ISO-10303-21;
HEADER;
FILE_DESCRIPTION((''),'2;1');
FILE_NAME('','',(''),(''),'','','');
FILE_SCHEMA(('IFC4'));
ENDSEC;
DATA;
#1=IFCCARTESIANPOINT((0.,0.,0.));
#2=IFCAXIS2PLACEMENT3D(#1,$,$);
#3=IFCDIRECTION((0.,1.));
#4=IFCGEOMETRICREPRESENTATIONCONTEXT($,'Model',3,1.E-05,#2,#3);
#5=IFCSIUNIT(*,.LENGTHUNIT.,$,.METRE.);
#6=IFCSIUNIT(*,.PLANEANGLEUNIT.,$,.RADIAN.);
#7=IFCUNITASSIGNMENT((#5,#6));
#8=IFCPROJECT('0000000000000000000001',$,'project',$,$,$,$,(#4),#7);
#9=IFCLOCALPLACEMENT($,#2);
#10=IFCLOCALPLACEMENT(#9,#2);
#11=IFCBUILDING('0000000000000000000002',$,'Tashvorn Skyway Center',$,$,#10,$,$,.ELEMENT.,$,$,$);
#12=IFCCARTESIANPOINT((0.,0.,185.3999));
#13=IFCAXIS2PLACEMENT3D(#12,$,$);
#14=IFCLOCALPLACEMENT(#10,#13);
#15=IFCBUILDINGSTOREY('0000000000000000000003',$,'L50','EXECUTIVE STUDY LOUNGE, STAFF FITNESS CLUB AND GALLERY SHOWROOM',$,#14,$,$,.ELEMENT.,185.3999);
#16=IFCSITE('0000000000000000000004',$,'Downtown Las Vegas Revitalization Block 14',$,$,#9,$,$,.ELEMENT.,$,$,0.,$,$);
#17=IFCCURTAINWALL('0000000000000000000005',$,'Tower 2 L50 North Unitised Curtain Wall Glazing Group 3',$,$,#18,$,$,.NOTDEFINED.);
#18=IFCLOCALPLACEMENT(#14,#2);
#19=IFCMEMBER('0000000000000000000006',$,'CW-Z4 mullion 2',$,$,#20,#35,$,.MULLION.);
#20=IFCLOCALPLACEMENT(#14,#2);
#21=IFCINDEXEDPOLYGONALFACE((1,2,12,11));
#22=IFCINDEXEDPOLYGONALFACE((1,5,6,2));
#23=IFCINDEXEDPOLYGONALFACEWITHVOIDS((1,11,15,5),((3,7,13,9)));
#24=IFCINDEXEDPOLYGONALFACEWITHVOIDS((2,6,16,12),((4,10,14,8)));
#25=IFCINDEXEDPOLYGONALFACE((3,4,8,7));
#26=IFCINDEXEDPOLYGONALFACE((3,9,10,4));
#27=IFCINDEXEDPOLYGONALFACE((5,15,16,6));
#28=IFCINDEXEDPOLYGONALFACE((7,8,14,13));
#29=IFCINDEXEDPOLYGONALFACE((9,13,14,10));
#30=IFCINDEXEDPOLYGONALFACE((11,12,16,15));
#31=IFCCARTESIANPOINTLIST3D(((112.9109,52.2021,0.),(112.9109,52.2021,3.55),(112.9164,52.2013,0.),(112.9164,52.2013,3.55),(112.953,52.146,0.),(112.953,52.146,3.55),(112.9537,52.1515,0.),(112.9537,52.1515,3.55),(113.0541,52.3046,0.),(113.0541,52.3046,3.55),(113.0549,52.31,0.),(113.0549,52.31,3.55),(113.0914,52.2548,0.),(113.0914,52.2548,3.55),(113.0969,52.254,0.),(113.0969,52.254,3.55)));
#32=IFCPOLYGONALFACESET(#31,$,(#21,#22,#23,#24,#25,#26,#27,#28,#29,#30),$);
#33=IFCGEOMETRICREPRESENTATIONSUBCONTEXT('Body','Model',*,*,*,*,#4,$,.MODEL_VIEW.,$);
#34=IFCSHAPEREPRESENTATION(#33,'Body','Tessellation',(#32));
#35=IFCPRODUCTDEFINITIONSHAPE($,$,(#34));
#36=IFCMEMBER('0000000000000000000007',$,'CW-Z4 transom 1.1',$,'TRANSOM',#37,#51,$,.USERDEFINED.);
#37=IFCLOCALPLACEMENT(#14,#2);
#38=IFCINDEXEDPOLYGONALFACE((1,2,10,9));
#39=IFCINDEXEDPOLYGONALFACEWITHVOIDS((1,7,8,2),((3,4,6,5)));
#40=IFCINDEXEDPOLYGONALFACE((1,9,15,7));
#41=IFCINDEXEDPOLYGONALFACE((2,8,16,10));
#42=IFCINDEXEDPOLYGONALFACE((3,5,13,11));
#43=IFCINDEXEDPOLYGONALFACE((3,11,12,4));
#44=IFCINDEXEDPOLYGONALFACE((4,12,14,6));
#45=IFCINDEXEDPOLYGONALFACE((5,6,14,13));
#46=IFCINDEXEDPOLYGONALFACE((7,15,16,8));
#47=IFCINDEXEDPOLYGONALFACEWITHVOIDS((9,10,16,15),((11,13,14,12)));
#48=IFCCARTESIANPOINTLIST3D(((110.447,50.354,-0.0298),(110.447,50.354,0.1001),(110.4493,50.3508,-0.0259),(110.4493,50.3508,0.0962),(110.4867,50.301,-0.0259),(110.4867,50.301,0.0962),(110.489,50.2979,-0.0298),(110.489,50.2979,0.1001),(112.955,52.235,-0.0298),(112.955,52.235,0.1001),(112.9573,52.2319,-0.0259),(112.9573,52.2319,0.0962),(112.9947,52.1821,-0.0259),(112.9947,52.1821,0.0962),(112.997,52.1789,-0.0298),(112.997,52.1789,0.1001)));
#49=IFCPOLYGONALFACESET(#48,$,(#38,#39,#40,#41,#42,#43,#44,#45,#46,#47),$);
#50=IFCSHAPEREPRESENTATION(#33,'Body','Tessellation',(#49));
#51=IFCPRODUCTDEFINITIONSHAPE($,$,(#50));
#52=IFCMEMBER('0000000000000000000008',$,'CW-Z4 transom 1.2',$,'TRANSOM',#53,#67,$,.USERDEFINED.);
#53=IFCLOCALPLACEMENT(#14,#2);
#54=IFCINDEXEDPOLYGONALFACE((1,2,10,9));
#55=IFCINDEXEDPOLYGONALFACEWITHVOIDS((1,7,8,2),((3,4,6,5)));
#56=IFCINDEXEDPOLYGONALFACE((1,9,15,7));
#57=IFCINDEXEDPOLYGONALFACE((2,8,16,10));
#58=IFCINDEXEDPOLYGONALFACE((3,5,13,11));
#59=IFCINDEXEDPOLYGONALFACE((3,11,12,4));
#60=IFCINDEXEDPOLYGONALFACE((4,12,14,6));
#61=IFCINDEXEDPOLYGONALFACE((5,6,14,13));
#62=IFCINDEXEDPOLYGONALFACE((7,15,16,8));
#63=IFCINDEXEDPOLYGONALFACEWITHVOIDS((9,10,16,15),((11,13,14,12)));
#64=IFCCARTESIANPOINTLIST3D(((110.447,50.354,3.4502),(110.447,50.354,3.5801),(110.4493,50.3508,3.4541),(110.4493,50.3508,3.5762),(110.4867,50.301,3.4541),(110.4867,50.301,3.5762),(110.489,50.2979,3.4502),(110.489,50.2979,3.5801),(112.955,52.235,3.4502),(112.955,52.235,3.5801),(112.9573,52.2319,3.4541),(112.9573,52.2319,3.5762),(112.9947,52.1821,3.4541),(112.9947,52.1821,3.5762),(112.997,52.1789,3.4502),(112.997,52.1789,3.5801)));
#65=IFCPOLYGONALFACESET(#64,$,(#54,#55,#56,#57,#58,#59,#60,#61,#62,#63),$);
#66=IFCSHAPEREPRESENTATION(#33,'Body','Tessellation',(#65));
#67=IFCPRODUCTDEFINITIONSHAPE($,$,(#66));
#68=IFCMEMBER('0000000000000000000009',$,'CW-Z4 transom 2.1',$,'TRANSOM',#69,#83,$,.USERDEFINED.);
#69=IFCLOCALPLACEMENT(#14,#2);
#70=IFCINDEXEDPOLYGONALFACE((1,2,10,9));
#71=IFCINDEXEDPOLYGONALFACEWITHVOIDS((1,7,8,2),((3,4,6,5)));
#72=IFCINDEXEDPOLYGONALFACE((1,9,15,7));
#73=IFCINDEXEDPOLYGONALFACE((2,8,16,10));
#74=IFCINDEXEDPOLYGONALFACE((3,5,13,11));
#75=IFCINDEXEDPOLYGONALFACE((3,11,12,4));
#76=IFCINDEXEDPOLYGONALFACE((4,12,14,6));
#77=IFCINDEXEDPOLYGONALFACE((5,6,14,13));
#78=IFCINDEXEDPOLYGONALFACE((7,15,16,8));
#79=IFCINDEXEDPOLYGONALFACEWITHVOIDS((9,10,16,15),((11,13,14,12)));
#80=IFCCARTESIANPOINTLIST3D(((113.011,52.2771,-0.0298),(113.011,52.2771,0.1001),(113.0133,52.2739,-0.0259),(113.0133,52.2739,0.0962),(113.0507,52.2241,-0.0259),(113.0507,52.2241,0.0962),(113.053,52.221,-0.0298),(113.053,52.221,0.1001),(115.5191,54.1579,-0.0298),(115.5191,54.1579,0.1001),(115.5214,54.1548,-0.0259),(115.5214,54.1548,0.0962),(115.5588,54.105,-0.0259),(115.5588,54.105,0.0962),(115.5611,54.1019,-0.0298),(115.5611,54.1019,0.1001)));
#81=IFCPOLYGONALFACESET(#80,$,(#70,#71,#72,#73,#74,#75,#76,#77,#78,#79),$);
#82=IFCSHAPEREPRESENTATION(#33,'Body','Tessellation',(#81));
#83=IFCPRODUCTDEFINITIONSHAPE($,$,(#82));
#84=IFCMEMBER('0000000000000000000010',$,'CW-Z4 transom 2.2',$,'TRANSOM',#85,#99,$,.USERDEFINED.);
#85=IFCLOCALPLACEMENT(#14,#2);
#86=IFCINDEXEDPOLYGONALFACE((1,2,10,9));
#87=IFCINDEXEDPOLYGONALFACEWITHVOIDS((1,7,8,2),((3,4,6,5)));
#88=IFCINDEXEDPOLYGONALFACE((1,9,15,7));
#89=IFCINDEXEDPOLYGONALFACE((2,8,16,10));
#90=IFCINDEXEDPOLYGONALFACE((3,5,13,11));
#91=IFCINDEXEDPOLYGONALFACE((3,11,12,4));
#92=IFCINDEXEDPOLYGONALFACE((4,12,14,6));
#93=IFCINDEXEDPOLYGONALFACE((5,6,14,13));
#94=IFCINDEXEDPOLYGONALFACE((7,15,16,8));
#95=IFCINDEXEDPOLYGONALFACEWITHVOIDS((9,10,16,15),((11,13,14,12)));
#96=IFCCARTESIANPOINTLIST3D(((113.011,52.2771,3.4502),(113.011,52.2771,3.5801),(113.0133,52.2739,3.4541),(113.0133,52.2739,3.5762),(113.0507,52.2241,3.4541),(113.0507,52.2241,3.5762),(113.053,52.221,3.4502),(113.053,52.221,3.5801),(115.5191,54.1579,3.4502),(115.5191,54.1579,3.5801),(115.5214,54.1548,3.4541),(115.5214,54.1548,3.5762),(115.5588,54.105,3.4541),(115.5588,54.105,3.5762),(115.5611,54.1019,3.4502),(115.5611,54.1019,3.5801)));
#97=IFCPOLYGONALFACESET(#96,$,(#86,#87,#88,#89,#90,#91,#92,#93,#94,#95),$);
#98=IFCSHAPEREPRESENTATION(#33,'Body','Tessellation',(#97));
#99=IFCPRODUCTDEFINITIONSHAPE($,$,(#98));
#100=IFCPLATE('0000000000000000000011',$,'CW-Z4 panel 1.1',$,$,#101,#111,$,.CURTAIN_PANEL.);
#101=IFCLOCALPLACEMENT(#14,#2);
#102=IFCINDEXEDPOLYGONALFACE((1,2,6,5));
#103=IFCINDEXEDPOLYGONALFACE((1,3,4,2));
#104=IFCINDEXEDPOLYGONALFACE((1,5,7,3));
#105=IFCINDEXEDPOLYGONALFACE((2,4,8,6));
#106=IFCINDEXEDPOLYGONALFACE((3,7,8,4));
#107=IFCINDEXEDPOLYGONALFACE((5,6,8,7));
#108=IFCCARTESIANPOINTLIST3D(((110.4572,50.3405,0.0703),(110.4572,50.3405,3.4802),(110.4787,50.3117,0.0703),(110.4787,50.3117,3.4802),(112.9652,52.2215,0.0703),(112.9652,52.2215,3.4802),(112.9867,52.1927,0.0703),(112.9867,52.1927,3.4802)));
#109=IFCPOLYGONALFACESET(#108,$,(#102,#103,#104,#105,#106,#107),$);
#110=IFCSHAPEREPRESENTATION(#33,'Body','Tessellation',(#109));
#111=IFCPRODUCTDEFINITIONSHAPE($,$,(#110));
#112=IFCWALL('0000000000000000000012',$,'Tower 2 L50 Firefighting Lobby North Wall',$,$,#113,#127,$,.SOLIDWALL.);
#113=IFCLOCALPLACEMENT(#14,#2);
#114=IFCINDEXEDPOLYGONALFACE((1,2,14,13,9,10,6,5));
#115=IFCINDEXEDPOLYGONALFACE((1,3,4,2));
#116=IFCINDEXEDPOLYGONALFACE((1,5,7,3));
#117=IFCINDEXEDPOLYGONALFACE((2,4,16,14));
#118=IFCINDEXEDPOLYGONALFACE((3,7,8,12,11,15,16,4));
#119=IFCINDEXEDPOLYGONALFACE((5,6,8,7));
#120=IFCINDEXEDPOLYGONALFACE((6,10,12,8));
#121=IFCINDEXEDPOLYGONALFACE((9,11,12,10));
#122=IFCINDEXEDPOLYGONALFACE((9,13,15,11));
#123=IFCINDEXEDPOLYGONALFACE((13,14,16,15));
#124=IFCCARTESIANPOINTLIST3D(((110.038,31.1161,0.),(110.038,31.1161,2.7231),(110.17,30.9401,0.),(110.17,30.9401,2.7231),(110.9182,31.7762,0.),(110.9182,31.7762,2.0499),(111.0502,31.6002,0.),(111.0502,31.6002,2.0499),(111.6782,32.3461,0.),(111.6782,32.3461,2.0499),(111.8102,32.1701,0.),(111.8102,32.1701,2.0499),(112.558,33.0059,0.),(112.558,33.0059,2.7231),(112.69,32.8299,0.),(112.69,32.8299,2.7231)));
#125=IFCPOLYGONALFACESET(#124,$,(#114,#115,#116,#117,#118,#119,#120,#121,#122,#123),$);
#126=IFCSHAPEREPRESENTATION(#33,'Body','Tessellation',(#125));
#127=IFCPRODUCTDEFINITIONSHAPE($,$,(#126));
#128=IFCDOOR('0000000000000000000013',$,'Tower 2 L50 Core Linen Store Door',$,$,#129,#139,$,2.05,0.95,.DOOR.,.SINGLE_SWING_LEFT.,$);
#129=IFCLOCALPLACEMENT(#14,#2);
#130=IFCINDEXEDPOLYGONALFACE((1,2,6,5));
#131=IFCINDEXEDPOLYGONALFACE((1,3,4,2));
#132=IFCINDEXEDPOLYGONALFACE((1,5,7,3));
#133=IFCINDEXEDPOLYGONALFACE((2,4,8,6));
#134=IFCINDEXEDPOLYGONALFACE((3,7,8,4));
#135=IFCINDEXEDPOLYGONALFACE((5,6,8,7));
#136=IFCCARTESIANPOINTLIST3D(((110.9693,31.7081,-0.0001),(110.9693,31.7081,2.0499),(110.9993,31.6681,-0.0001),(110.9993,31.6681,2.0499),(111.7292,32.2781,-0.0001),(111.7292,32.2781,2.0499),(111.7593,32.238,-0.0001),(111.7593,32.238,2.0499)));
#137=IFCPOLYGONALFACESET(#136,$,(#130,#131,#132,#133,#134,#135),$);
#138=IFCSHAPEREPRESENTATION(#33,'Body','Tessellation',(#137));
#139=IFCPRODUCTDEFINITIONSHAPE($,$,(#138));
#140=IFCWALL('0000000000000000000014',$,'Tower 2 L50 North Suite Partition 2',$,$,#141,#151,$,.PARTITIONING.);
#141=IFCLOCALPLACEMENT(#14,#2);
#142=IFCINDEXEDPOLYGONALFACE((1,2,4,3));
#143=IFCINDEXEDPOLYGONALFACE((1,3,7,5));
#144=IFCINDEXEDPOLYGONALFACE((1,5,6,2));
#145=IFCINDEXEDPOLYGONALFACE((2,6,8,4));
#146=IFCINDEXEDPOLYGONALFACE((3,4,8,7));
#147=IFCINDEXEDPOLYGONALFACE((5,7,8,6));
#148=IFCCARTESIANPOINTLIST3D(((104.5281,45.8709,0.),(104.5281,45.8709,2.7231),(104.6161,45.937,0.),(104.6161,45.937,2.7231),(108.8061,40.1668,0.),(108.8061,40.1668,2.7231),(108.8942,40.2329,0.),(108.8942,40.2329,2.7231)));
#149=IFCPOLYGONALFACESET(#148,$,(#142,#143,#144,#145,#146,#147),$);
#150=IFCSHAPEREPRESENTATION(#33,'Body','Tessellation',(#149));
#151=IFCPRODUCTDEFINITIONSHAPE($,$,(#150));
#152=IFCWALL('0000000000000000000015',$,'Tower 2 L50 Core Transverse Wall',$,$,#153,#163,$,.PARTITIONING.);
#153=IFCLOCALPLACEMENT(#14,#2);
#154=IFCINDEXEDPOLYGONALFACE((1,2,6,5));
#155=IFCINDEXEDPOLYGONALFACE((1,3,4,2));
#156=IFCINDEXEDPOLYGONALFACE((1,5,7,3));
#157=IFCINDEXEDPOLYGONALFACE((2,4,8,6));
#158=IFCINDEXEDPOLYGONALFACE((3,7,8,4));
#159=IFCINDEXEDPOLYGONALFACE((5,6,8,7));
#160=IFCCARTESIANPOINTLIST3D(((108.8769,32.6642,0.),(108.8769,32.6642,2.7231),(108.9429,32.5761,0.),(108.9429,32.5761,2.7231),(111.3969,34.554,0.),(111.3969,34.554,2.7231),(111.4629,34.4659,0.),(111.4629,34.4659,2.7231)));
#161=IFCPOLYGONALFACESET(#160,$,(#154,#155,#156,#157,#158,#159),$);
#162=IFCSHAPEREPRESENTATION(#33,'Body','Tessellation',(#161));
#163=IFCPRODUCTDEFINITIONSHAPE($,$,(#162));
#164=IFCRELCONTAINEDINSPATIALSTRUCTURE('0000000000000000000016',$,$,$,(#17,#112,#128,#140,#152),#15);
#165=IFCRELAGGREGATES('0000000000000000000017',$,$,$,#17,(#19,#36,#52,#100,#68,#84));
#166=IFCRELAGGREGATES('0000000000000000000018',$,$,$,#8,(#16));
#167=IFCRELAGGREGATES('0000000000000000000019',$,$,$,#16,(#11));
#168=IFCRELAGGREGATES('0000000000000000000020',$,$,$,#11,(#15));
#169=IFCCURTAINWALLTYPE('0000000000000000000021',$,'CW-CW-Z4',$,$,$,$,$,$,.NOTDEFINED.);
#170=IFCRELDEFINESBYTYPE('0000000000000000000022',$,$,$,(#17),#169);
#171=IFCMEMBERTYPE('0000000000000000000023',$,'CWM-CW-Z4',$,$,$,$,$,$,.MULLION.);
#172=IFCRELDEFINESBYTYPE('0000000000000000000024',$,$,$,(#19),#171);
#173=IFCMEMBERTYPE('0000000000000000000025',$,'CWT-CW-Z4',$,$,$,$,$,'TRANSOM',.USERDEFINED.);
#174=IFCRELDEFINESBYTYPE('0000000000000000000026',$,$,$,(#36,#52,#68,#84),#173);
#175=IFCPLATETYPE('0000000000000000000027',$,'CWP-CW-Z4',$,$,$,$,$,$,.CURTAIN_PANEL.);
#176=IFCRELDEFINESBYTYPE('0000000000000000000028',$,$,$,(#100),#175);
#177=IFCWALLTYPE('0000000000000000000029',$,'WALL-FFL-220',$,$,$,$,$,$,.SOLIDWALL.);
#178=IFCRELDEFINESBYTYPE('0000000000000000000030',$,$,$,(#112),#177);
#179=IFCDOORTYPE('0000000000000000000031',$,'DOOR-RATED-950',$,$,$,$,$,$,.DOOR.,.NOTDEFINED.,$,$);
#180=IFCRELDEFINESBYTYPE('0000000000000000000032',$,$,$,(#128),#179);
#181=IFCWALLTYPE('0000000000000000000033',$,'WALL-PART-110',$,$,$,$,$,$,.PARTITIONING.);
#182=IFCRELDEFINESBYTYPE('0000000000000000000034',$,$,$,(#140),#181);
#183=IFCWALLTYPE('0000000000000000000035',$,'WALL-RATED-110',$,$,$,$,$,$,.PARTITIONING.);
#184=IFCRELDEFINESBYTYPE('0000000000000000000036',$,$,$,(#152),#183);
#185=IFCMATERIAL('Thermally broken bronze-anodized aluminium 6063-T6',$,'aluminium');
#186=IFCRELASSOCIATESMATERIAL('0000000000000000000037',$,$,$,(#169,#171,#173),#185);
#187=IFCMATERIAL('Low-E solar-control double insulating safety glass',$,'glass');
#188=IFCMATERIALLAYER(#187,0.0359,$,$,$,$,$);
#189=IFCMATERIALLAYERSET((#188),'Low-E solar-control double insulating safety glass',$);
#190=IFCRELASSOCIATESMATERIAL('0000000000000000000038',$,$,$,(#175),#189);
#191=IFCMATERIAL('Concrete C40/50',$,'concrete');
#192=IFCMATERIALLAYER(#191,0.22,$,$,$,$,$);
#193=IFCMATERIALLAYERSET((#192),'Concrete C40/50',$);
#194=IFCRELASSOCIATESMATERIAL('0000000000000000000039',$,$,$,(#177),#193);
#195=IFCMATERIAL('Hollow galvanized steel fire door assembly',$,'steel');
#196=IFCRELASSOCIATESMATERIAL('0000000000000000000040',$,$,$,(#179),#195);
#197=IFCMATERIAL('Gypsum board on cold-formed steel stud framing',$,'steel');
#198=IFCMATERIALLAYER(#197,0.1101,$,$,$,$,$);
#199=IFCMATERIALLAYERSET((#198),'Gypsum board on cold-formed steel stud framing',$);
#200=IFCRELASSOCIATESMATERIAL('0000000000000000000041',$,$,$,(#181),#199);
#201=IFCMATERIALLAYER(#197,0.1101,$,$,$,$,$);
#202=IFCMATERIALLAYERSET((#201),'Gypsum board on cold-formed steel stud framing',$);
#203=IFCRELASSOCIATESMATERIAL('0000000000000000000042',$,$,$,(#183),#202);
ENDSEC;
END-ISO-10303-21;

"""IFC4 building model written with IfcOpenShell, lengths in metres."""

from ifc_helpers import new_model, si_unit, direction, frame, frame_2d, origin, origin_2d, place, context, subcontext, project, spatial, rectangle, hollow_rectangle, extrude, material, layer, layer_set, material_profile, profile_set, type_object, element, fill, aggregate, save


model = new_model("IFC4")

# Units and contexts
model_context = context("Model", 3, precision=1e-05, world=origin(), true_north=direction((0.0, 1.0)))
body_context = subcontext(model_context, "Body", "Model", "MODEL_VIEW")
ifc_project = project(units=[si_unit("LENGTHUNIT", "METRE"), si_unit("PLANEANGLEUNIT", "RADIAN")], contexts=[model_context])

# Site, building, storey
site_placement = place(None, origin())
site = spatial("IfcSite", under=ifc_project, at=site_placement, Name="Downtown Las Vegas Revitalization Block 14", CompositionType="ELEMENT", RefElevation=0.0)
building_placement = place(site_placement, origin())
building = spatial("IfcBuilding", under=site, at=building_placement, Name="Tashvorn Skyway Center", CompositionType="ELEMENT")
storey_placement = place(building_placement, frame((0.0, 0.0, 185.3999)))
storey = spatial("IfcBuildingStorey", under=building, at=storey_placement, Name="L50", Description="EXECUTIVE STUDY LOUNGE, STAFF FITNESS CLUB AND GALLERY SHOWROOM", CompositionType="ELEMENT", Elevation=185.3999)

# Shared definitions
ifc_material_1 = material(Name="Thermally broken bronze-anodized aluminium 6063-T6", Category="aluminium")
curtain_wall_type = type_object("IfcCurtainWallType", Name="CW-CW-Z4", PredefinedType="NOTDEFINED", material=ifc_material_1)
ifc_material_profile_1 = material_profile(ifc_material_1, hollow_rectangle(XDim=0.0701, YDim=0.1799, WallThickness=0.0039, at=origin_2d()), Name="ALU-MULL-70x180")
ifc_profile_set_1 = profile_set([ifc_material_profile_1], Name="Thermally broken bronze-anodized aluminium 6063-T6")
member_type_1 = type_object("IfcMemberType", Name="CWM-CW-Z4", PredefinedType="MULLION", material=ifc_profile_set_1)

# Curtain wall, members, plate
curtain_wall_1_placement = place(storey_placement, origin())
curtain_wall_1 = element("IfcCurtainWall", 1, at=curtain_wall_1_placement, inside=storey, type_object=curtain_wall_type, Name="Tower 2 L50 North Unitised Curtain Wall Glazing Group 3", PredefinedType="NOTDEFINED")
member_1_placement = place(storey_placement, frame((113.0039, 52.228, 0.0), z_axis=(0.0, 0.0, 1.0), x_axis=(-0.6, 0.8, 0.0)))
member_1 = element("IfcMember", 2, at=member_1_placement, type_object=member_type_1, Name="CW-Z4 mullion 2", PredefinedType="MULLION", context=body_context, shape_type="SweptSolid", body=[
    extrude(hollow_rectangle(XDim=0.0701, YDim=0.1799, WallThickness=0.0039, at=origin_2d()), origin(), (0.0, 0.0, 1.0), 3.55),
])
ifc_material_profile_2 = material_profile(ifc_material_1, hollow_rectangle(XDim=0.0701, YDim=0.1299, WallThickness=0.0039, at=origin_2d()), Name="ALU-TRAN-70x130")
ifc_profile_set_2 = profile_set([ifc_material_profile_2], Name="Thermally broken bronze-anodized aluminium 6063-T6")
member_type_2 = type_object("IfcMemberType", Name="CWT-CW-Z4", ElementType="TRANSOM", PredefinedType="USERDEFINED", material=ifc_profile_set_2)
member_2_placement = place(storey_placement, frame((110.468, 50.3259, 0.0352), z_axis=(0.799991, 0.600012, 0.0), x_axis=(-0.600012, 0.799991, 0.0)))
member_2 = element("IfcMember", 3, at=member_2_placement, type_object=member_type_2, Name="CW-Z4 transom 1.1", ObjectType="TRANSOM", PredefinedType="USERDEFINED", context=body_context, shape_type="SweptSolid", body=[
    extrude(hollow_rectangle(XDim=0.0701, YDim=0.1299, WallThickness=0.0039, at=origin_2d()), origin(), (0.0, 0.0, 1.0), 3.135),
])
member_3_placement = place(storey_placement, frame((110.468, 50.3259, 3.5151), z_axis=(0.799991, 0.600012, 0.0), x_axis=(-0.600012, 0.799991, 0.0)))
member_3 = element("IfcMember", 4, at=member_3_placement, type_object=member_type_2, Name="CW-Z4 transom 1.2", ObjectType="TRANSOM", PredefinedType="USERDEFINED", context=body_context, shape_type="SweptSolid", body=[
    extrude(hollow_rectangle(XDim=0.0701, YDim=0.1299, WallThickness=0.0039, at=origin_2d()), origin(), (0.0, 0.0, 1.0), 3.135),
])
member_4_placement = place(storey_placement, frame((113.032, 52.249, 0.0352), z_axis=(0.800028, 0.599963, 0.0), x_axis=(-0.599963, 0.800028, 0.0)))
member_4 = element("IfcMember", 5, at=member_4_placement, type_object=member_type_2, Name="CW-Z4 transom 2.1", ObjectType="TRANSOM", PredefinedType="USERDEFINED", context=body_context, shape_type="SweptSolid", body=[
    extrude(hollow_rectangle(XDim=0.0701, YDim=0.1299, WallThickness=0.0039, at=origin_2d()), origin(), (0.0, 0.0, 1.0), 3.135),
])
member_5_placement = place(storey_placement, frame((113.032, 52.249, 3.5151), z_axis=(0.800028, 0.599963, 0.0), x_axis=(-0.599963, 0.800028, 0.0)))
member_5 = element("IfcMember", 6, at=member_5_placement, type_object=member_type_2, Name="CW-Z4 transom 2.2", ObjectType="TRANSOM", PredefinedType="USERDEFINED", context=body_context, shape_type="SweptSolid", body=[
    extrude(hollow_rectangle(XDim=0.0701, YDim=0.1299, WallThickness=0.0039, at=origin_2d()), origin(), (0.0, 0.0, 1.0), 3.135),
])
ifc_material_2 = material(Name="Low-E solar-control double insulating safety glass", Category="glass")
ifc_layer_1 = layer(ifc_material_2, 0.0359)
ifc_layer_set_1 = layer_set([ifc_layer_1], Name="Low-E solar-control double insulating safety glass")
plate_type = type_object("IfcPlateType", Name="CWP-CW-Z4", PredefinedType="CURTAIN_PANEL", material=ifc_layer_set_1)
plate_placement = place(storey_placement, frame((111.7219, 51.2666, 0.0703), z_axis=(0.0, 0.0, 1.0), x_axis=(0.8, 0.6, 0.0)))
plate = element("IfcPlate", 7, at=plate_placement, type_object=plate_type, Name="CW-Z4 panel 1.1", PredefinedType="CURTAIN_PANEL", context=body_context, shape_type="SweptSolid", body=[
    extrude(rectangle(XDim=3.135, YDim=0.0359, at=origin_2d()), origin(), (0.0, 0.0, 1.0), 3.4099),
])
aggregate(curtain_wall_1, [member_1, member_2, member_3, plate, member_4, member_5])

# Wall, opening, door
ifc_material_3 = material(Name="Concrete C40/50", Category="concrete")
ifc_layer_2 = layer(ifc_material_3, 0.22)
ifc_layer_set_2 = layer_set([ifc_layer_2], Name="Concrete C40/50")
wall_type_1 = type_object("IfcWallType", Name="WALL-FFL-220", PredefinedType="SOLIDWALL", material=ifc_layer_set_2)
wall_1_placement = place(storey_placement, frame((110.104, 31.0281, 0.0), z_axis=(0.0, 0.0, 1.0), x_axis=(0.800019, 0.599975, 0.0)))
wall_1 = element("IfcWall", 8, at=wall_1_placement, inside=storey, type_object=wall_type_1, Name="Tower 2 L50 Firefighting Lobby North Wall", PredefinedType="SOLIDWALL", context=body_context, shape_type="SweptSolid", body=[
    extrude(rectangle(XDim=3.1499, YDim=0.22, at=frame_2d((1.575, 0.0))), origin(), (0.0, 0.0, 1.0), 2.7231),
])
opening_1_placement = place(wall_1_placement, frame((1.1001, 0.0, 0.0)))
opening_1 = element("IfcOpeningElement", 9, at=opening_1_placement, cuts=wall_1, PredefinedType="OPENING", context=body_context, shape_type="SweptSolid", body=[
    extrude(rectangle(XDim=0.95, YDim=2.05, at=frame_2d((0.4751, 1.0249))), frame((0.0, 0.1199, 0.0), z_axis=(0.0, -1.0, 0.0), x_axis=(1.0, 0.0, 0.0)), (0.0, 0.0, 1.0), 0.24),
])
ifc_material_4 = material(Name="Hollow galvanized steel fire door assembly", Category="steel")
door_type_1 = type_object("IfcDoorType", Name="DOOR-RATED-950", OperationType="NOTDEFINED", PredefinedType="DOOR", material=ifc_material_4)
door_1_placement = place(opening_1_placement, origin())
door_1 = element("IfcDoor", 10, at=door_1_placement, inside=storey, type_object=door_type_1, Name="Tower 2 L50 Core Linen Store Door", OperationType="SINGLE_SWING_LEFT", OverallHeight=2.05, OverallWidth=0.95, PredefinedType="DOOR", context=body_context, shape_type="SweptSolid", body=[
    extrude(rectangle(XDim=0.95, YDim=2.05, at=frame_2d((0.4751, 1.0249))), frame((0.0, 0.0249, 0.0), z_axis=(0.0, -1.0, 0.0), x_axis=(1.0, 0.0, 0.0)), (0.0, 0.0, 1.0), 0.05),
])
fill(opening_1, door_1)

# Walls
ifc_material_5 = material(Name="Gypsum board on cold-formed steel stud framing", Category="steel")
ifc_layer_3 = layer(ifc_material_5, 0.1101)
ifc_layer_set_3 = layer_set([ifc_layer_3], Name="Gypsum board on cold-formed steel stud framing")
wall_type_2 = type_object("IfcWallType", Name="WALL-PART-110", PredefinedType="PARTITIONING", material=ifc_layer_set_3)
wall_2_placement = place(storey_placement, frame((108.8501, 40.2, 0.0), z_axis=(0.0, 0.0, 1.0), x_axis=(-0.6, 0.8, 0.0)))
element("IfcWall", 11, at=wall_2_placement, inside=storey, type_object=wall_type_2, Name="Tower 2 L50 North Suite Partition 2", PredefinedType="PARTITIONING", context=body_context, shape_type="SweptSolid", body=[
    extrude(rectangle(XDim=7.1301, YDim=0.1101, at=frame_2d((3.5649, 0.0))), origin(), (0.0, 0.0, 1.0), 2.7231),
])
ifc_layer_4 = layer(ifc_material_5, 0.1101)
ifc_layer_set_4 = layer_set([ifc_layer_4], Name="Gypsum board on cold-formed steel stud framing")
wall_type_3 = type_object("IfcWallType", Name="WALL-RATED-110", PredefinedType="PARTITIONING", material=ifc_layer_set_4)
wall_3_placement = place(storey_placement, frame((108.9099, 32.6201, 0.0), z_axis=(0.0, 0.0, 1.0), x_axis=(0.800019, 0.599975, 0.0)))
element("IfcWall", 12, at=wall_3_placement, inside=storey, type_object=wall_type_3, Name="Tower 2 L50 Core Transverse Wall", PredefinedType="PARTITIONING", context=body_context, shape_type="SweptSolid", body=[
    extrude(rectangle(XDim=3.1499, YDim=0.1101, at=frame_2d((1.575, 0.0))), origin(), (0.0, 0.0, 1.0), 2.7231),
])

save(model, "model.ifc")
